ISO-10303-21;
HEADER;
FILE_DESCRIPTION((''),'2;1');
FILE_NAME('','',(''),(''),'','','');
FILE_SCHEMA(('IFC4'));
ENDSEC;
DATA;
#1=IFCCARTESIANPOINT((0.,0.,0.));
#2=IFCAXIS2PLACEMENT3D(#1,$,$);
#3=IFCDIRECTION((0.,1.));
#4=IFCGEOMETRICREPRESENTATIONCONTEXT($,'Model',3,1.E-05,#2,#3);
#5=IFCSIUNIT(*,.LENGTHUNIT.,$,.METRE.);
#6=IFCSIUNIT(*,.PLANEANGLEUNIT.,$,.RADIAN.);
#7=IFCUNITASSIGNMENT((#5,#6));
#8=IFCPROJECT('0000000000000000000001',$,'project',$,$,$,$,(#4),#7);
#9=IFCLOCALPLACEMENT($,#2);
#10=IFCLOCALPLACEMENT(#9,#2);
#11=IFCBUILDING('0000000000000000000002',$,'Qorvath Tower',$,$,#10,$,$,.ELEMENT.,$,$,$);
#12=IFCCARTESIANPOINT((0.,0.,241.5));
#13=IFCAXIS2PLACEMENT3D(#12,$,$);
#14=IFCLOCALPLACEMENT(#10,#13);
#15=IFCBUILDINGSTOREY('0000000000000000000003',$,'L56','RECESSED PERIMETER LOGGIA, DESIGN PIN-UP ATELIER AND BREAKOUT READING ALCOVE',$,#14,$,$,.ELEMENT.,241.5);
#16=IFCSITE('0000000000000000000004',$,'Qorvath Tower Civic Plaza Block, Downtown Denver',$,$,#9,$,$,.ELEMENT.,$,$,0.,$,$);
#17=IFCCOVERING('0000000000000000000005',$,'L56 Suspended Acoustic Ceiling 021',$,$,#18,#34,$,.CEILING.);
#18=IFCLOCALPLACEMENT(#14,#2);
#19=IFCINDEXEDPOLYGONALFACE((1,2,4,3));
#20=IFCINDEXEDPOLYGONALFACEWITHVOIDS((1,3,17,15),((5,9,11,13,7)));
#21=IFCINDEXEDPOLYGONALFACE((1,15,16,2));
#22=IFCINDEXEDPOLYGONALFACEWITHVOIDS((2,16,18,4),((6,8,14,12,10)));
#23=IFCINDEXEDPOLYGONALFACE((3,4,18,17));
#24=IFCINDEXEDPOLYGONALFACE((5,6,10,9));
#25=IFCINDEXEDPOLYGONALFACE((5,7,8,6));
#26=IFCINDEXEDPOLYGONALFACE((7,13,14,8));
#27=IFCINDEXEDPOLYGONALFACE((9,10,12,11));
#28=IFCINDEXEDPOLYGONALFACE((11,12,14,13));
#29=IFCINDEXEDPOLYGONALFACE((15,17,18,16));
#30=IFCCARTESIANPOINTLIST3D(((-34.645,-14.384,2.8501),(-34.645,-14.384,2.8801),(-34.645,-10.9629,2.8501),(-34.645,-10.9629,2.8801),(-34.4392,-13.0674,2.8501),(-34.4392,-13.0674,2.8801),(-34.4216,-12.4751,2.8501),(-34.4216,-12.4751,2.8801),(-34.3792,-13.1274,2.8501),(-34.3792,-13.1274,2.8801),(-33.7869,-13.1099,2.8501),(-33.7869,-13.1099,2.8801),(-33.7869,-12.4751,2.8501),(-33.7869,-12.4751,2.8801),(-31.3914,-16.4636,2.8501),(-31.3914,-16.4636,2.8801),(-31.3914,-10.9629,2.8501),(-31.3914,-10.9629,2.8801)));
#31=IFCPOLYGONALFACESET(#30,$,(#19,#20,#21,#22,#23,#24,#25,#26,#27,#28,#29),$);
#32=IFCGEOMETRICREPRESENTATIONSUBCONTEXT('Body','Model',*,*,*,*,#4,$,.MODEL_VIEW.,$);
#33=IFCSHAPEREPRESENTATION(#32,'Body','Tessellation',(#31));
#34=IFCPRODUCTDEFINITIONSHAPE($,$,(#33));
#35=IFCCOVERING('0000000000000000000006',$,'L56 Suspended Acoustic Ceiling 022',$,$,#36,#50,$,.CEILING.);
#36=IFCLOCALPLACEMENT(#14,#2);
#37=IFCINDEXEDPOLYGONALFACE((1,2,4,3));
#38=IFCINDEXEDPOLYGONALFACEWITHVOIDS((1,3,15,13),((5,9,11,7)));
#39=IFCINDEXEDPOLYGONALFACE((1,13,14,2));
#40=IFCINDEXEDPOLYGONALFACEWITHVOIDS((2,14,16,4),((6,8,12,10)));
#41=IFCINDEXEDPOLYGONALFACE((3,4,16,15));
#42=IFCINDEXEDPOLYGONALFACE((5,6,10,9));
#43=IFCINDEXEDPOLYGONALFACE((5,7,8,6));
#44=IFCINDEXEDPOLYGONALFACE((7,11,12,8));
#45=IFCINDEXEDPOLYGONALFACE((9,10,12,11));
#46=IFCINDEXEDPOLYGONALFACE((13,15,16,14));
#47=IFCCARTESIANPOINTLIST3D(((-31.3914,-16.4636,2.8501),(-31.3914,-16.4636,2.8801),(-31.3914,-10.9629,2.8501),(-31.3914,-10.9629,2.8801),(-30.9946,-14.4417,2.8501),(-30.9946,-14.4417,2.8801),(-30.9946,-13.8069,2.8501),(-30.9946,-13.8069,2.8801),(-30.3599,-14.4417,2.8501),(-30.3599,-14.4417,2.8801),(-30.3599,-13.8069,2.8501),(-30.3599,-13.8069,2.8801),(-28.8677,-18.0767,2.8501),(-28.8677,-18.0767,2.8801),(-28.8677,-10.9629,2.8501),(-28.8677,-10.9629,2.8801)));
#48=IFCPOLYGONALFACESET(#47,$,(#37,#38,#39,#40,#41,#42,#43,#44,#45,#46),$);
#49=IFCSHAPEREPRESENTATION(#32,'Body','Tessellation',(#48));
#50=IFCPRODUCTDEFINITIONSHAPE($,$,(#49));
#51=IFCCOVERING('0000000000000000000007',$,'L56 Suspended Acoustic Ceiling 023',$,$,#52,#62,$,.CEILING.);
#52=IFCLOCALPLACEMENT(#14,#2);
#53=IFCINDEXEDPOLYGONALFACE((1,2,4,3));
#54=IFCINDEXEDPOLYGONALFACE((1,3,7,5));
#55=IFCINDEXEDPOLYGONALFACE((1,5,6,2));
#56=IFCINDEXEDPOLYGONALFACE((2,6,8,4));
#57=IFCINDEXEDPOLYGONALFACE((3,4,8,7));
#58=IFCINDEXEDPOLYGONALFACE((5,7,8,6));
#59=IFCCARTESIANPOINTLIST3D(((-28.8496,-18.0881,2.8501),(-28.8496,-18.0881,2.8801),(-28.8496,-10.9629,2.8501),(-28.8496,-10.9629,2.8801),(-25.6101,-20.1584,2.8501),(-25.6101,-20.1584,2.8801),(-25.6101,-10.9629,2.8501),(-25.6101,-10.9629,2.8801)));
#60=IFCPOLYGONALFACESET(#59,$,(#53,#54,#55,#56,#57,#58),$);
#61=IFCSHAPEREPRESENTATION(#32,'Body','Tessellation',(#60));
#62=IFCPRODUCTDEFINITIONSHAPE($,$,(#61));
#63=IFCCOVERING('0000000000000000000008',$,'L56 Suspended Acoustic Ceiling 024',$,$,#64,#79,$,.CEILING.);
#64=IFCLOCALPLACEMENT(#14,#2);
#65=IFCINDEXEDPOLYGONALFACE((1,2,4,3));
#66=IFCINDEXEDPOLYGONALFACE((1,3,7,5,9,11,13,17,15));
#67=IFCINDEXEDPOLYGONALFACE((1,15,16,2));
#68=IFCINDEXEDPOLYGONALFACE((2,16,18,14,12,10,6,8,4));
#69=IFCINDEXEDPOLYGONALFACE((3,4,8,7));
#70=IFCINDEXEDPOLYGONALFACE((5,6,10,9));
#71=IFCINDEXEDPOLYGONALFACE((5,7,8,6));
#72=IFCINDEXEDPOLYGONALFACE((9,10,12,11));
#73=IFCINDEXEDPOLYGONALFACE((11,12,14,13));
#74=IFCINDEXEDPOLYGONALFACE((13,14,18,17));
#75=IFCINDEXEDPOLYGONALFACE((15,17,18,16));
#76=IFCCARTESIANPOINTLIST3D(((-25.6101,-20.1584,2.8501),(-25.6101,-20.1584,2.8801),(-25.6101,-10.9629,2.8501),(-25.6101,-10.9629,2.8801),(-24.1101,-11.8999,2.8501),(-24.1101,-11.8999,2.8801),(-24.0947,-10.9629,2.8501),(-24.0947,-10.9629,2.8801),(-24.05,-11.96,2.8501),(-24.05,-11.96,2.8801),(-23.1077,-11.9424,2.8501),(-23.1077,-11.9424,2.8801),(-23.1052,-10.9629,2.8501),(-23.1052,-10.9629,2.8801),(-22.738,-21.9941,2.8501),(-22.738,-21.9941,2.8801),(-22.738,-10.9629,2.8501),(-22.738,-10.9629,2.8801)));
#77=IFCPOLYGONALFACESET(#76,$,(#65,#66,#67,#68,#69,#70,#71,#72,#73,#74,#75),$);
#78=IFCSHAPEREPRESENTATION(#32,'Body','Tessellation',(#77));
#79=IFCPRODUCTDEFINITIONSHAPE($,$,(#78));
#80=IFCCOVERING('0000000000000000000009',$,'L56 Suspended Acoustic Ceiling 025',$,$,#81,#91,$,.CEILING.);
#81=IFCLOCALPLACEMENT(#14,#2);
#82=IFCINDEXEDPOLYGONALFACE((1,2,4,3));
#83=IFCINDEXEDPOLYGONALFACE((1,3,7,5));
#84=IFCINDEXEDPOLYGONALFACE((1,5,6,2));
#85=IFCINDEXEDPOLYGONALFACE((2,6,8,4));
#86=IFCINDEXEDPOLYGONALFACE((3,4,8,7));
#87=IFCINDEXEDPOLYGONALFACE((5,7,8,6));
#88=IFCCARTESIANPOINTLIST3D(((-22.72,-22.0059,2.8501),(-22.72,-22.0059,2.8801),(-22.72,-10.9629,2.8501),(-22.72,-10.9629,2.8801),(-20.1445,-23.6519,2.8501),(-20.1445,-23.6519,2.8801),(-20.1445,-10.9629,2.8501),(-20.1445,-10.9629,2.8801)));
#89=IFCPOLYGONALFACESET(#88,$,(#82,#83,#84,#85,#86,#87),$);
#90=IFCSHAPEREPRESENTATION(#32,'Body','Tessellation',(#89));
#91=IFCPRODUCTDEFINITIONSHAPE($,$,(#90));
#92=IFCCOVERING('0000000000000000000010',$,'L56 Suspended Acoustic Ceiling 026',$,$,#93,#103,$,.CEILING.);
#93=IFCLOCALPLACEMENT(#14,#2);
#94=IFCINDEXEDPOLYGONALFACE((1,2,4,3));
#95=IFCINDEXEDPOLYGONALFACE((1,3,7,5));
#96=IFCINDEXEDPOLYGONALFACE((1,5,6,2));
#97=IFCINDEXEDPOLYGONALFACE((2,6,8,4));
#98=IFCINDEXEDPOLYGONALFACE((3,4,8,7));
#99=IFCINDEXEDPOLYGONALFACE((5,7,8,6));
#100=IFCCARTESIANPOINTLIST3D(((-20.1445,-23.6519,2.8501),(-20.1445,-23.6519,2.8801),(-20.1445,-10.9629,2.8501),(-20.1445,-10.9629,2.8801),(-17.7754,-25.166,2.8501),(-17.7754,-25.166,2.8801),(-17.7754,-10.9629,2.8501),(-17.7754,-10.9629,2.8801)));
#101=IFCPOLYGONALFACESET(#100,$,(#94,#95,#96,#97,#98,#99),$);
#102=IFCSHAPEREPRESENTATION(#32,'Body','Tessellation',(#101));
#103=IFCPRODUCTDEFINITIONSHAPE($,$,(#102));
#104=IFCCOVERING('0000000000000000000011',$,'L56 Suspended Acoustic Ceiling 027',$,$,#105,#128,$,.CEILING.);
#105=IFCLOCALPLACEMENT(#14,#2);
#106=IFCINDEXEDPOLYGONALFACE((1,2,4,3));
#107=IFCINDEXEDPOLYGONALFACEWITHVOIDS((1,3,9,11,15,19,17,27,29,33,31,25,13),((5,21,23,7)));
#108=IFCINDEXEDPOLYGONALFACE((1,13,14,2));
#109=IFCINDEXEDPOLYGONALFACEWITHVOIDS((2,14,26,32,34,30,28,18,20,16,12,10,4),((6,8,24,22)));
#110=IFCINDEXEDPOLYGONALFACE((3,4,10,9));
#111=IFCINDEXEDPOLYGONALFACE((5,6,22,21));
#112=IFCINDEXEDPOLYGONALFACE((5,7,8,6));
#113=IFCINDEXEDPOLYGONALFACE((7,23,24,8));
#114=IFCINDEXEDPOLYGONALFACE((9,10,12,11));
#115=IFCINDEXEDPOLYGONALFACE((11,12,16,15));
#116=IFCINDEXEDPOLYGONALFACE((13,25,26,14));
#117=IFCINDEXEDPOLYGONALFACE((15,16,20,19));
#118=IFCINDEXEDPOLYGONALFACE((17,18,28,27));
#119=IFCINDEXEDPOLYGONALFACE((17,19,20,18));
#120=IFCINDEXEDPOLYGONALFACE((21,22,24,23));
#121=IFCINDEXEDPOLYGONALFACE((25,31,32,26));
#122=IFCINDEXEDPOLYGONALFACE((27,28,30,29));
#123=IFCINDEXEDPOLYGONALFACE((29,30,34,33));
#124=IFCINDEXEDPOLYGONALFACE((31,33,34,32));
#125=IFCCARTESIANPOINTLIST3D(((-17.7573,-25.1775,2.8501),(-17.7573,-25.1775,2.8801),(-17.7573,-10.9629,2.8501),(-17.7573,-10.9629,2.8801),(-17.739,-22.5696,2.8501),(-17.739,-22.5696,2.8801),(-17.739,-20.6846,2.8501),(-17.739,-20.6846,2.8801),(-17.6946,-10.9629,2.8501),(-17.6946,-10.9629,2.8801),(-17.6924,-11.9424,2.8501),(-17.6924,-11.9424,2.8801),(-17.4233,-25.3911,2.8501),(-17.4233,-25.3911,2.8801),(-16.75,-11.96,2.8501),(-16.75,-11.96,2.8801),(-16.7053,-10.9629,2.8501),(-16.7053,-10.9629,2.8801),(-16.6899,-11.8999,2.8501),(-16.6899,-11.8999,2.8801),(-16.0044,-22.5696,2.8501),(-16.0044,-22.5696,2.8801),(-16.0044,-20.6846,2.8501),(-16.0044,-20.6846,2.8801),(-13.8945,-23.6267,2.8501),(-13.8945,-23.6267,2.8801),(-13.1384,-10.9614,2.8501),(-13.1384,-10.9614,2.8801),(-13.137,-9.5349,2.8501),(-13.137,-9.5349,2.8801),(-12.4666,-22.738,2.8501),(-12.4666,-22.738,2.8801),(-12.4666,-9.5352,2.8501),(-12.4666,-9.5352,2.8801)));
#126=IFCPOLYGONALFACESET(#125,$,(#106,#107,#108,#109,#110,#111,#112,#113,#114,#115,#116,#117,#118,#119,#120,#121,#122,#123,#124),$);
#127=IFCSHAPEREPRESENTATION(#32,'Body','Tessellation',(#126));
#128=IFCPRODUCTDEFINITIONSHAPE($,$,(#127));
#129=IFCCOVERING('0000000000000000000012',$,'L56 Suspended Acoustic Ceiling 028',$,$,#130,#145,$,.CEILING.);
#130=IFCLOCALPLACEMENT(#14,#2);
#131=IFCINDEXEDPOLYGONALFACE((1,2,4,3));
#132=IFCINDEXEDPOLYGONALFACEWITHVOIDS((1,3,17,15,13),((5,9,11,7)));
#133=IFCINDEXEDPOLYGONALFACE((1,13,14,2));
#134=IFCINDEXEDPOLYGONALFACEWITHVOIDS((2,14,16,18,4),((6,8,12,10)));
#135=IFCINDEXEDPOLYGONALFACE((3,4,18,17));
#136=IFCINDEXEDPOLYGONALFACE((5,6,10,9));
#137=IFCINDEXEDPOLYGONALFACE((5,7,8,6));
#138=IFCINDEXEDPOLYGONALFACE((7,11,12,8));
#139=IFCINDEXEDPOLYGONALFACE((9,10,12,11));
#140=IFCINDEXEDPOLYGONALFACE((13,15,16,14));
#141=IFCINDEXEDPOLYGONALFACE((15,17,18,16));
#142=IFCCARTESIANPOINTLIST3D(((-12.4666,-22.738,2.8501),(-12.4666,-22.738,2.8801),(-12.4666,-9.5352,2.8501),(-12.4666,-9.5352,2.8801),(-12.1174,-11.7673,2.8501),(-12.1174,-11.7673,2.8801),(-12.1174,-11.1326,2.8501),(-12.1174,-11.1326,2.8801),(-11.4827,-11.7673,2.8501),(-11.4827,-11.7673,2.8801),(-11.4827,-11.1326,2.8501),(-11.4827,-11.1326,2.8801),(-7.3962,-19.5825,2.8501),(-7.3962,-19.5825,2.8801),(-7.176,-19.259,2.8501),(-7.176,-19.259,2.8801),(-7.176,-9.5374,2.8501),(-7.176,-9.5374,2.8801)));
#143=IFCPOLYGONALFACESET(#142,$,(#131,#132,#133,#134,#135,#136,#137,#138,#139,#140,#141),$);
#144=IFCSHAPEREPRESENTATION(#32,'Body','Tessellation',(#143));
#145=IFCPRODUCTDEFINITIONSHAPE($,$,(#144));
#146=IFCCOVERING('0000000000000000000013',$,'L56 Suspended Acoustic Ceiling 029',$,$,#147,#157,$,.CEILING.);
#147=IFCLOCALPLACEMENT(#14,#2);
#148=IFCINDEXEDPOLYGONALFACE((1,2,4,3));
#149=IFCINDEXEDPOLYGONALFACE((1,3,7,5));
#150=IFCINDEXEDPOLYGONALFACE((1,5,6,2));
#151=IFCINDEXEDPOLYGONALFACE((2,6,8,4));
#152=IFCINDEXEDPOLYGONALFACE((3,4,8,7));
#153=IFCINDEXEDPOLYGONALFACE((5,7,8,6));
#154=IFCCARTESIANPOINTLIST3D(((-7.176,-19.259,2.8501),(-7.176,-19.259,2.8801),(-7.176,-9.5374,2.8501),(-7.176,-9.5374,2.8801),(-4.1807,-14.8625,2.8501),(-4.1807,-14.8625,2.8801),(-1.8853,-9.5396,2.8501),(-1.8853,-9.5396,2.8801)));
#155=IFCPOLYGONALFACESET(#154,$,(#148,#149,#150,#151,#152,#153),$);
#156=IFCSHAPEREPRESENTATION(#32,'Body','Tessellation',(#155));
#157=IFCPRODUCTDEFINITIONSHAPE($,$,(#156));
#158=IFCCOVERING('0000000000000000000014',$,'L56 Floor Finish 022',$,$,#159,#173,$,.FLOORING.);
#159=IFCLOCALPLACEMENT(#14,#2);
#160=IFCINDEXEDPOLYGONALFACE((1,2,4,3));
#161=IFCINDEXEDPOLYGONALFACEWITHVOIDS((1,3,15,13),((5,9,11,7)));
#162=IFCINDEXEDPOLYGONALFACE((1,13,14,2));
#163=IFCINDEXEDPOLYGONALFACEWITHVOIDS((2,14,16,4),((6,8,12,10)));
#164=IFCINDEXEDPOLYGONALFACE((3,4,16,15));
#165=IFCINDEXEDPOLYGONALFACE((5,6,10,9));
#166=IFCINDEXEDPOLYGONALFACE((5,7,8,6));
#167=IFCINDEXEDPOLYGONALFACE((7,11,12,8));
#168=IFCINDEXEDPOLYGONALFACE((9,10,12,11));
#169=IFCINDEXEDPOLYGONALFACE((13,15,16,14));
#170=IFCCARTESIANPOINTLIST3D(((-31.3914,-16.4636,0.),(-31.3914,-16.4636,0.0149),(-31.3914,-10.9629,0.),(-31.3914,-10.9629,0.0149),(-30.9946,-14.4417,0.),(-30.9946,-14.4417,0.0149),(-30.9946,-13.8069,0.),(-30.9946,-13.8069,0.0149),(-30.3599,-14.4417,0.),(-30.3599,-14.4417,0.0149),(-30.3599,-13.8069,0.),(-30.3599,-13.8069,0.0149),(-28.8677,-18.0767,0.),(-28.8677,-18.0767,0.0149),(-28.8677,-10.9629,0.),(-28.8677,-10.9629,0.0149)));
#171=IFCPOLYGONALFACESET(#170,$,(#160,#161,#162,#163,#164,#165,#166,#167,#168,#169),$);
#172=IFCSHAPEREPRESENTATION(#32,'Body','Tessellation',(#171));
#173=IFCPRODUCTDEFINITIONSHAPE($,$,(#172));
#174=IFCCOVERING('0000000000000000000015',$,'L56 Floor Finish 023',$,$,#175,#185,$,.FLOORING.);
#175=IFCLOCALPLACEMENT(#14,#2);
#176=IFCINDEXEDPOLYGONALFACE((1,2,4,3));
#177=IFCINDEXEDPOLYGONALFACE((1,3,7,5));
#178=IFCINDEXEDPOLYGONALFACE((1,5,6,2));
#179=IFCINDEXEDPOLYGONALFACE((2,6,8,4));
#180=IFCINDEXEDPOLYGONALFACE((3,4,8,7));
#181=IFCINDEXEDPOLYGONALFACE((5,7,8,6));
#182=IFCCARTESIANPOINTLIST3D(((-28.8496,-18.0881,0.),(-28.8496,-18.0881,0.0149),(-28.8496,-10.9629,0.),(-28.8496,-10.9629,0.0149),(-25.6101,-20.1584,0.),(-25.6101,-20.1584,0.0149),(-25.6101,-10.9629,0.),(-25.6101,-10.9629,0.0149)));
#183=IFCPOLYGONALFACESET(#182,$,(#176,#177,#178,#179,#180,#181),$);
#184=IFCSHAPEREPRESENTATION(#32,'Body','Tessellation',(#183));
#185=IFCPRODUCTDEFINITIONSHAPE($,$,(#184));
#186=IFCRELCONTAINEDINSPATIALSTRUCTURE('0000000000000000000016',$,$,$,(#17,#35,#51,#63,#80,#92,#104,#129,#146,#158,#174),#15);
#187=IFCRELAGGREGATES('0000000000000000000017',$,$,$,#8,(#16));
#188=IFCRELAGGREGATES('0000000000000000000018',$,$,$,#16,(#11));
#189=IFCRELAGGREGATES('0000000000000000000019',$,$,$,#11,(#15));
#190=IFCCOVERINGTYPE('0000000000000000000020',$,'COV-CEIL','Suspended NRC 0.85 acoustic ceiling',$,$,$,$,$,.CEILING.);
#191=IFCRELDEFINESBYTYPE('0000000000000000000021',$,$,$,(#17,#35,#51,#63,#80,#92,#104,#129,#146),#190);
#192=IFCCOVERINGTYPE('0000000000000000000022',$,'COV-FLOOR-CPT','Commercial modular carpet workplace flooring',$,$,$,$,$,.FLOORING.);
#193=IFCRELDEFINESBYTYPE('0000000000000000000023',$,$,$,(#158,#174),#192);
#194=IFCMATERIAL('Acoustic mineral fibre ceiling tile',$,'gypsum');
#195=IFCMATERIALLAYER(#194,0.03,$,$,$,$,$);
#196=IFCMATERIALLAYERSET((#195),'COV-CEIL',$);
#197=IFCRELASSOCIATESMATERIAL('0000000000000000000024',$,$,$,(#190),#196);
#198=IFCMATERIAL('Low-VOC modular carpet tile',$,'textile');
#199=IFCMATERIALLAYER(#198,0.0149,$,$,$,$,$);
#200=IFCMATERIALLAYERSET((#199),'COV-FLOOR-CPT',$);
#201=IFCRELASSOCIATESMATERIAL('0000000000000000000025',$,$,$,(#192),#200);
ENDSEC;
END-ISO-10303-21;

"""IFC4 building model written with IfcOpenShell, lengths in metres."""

from ifc_helpers import new_model, si_unit, direction, frame, origin, place, context, subcontext, project, spatial, polyline, outline, extrude, material, layer, layer_set, type_object, element, save


model = new_model("IFC4")

# Units and contexts
model_context = context("Model", 3, precision=1e-05, world=origin(), true_north=direction((0.0, 1.0)))
body_context = subcontext(model_context, "Body", "Model", "MODEL_VIEW")
ifc_project = project(units=[si_unit("LENGTHUNIT", "METRE"), si_unit("PLANEANGLEUNIT", "RADIAN")], contexts=[model_context])

# Site, building, storey
site_placement = place(None, origin())
site = spatial("IfcSite", under=ifc_project, at=site_placement, Name="Qorvath Tower Civic Plaza Block, Downtown Denver", CompositionType="ELEMENT", RefElevation=0.0)
building_placement = place(site_placement, origin())
building = spatial("IfcBuilding", under=site, at=building_placement, Name="Qorvath Tower", CompositionType="ELEMENT")
storey_placement = place(building_placement, frame((0.0, 0.0, 241.5)))
storey = spatial("IfcBuildingStorey", under=building, at=storey_placement, Name="L56", Description="RECESSED PERIMETER LOGGIA, DESIGN PIN-UP ATELIER AND BREAKOUT READING ALCOVE", CompositionType="ELEMENT", Elevation=241.5)

# Coverings
ifc_material_1 = material(Name="Acoustic mineral fibre ceiling tile", Category="gypsum")
ifc_layer_1 = layer(ifc_material_1, 0.03)
ifc_layer_set_1 = layer_set([ifc_layer_1], Name="COV-CEIL")
covering_type_1 = type_object("IfcCoveringType", Name="COV-CEIL", Description="Suspended NRC 0.85 acoustic ceiling", PredefinedType="CEILING", material=ifc_layer_set_1)
covering_1_placement = place(storey_placement, frame((0.0, 0.0, 2.8501)))
element("IfcCovering", 1, at=covering_1_placement, inside=storey, type_object=covering_type_1, Name="L56 Suspended Acoustic Ceiling 021", PredefinedType="CEILING", context=body_context, shape_type="SweptSolid", body=[
    extrude(outline(polyline([(-34.645, -10.9629), (-34.645, -14.384), (-31.3914, -16.4636), (-31.3914, -10.9629), (-34.645, -10.9629)]), holes=[polyline([(-34.4392, -13.0674), (-34.4216, -12.4751), (-33.7869, -12.4751), (-33.7869, -13.1099), (-34.3792, -13.1274), (-34.4392, -13.0674)])]), origin(), (0.0, 0.0, 1.0), 0.03),
])
covering_2_placement = place(storey_placement, frame((0.0, 0.0, 2.8501)))
element("IfcCovering", 2, at=covering_2_placement, inside=storey, type_object=covering_type_1, Name="L56 Suspended Acoustic Ceiling 022", PredefinedType="CEILING", context=body_context, shape_type="SweptSolid", body=[
    extrude(outline(polyline([(-31.3914, -10.9629), (-31.3914, -16.4636), (-28.8677, -18.0767), (-28.8677, -10.9629), (-31.3914, -10.9629)]), holes=[polyline([(-30.9946, -14.4417), (-30.9946, -13.8069), (-30.3599, -13.8069), (-30.3599, -14.4417), (-30.9946, -14.4417)])]), origin(), (0.0, 0.0, 1.0), 0.03),
])
covering_3_placement = place(storey_placement, frame((0.0, 0.0, 2.8501)))
element("IfcCovering", 3, at=covering_3_placement, inside=storey, type_object=covering_type_1, Name="L56 Suspended Acoustic Ceiling 023", PredefinedType="CEILING", context=body_context, shape_type="SweptSolid", body=[
    extrude(outline(polyline([(-28.8496, -10.9629), (-28.8496, -18.0881), (-25.6101, -20.1584), (-25.6101, -10.9629), (-28.8496, -10.9629)])), origin(), (0.0, 0.0, 1.0), 0.03),
])
covering_4_placement = place(storey_placement, frame((0.0, 0.0, 2.8501)))
element("IfcCovering", 4, at=covering_4_placement, inside=storey, type_object=covering_type_1, Name="L56 Suspended Acoustic Ceiling 024", PredefinedType="CEILING", context=body_context, shape_type="SweptSolid", body=[
    extrude(outline(polyline([(-25.6101, -10.9629), (-25.6101, -20.1584), (-22.738, -21.9941), (-22.738, -10.9629), (-23.1052, -10.9629), (-23.1077, -11.9424), (-24.05, -11.96), (-24.1101, -11.8999), (-24.0947, -10.9629), (-25.6101, -10.9629)])), origin(), (0.0, 0.0, 1.0), 0.03),
])
covering_5_placement = place(storey_placement, frame((0.0, 0.0, 2.8501)))
element("IfcCovering", 5, at=covering_5_placement, inside=storey, type_object=covering_type_1, Name="L56 Suspended Acoustic Ceiling 025", PredefinedType="CEILING", context=body_context, shape_type="SweptSolid", body=[
    extrude(outline(polyline([(-22.72, -10.9629), (-22.72, -22.0059), (-20.1445, -23.6519), (-20.1445, -10.9629), (-22.72, -10.9629)])), origin(), (0.0, 0.0, 1.0), 0.03),
])
covering_6_placement = place(storey_placement, frame((0.0, 0.0, 2.8501)))
element("IfcCovering", 6, at=covering_6_placement, inside=storey, type_object=covering_type_1, Name="L56 Suspended Acoustic Ceiling 026", PredefinedType="CEILING", context=body_context, shape_type="SweptSolid", body=[
    extrude(outline(polyline([(-20.1445, -10.9629), (-20.1445, -23.6519), (-17.7754, -25.166), (-17.7754, -10.9629), (-20.1445, -10.9629)])), origin(), (0.0, 0.0, 1.0), 0.03),
])
covering_7_placement = place(storey_placement, frame((0.0, 0.0, 2.8501)))
element("IfcCovering", 7, at=covering_7_placement, inside=storey, type_object=covering_type_1, Name="L56 Suspended Acoustic Ceiling 027", PredefinedType="CEILING", context=body_context, shape_type="SweptSolid", body=[
    extrude(outline(polyline([(-17.4233, -25.3911), (-13.8945, -23.6267), (-12.4666, -22.738), (-12.4666, -9.5352), (-13.137, -9.5349), (-13.1384, -10.9614), (-16.7053, -10.9629), (-16.6899, -11.8999), (-16.75, -11.96), (-17.6924, -11.9424), (-17.6946, -10.9629), (-17.7573, -10.9629), (-17.7573, -25.1775), (-17.4233, -25.3911)]), holes=[polyline([(-17.739, -22.5696), (-17.739, -20.6846), (-16.0044, -20.6846), (-16.0044, -22.5696), (-17.739, -22.5696)])]), origin(), (0.0, 0.0, 1.0), 0.03),
])
covering_8_placement = place(storey_placement, frame((0.0, 0.0, 2.8501)))
element("IfcCovering", 8, at=covering_8_placement, inside=storey, type_object=covering_type_1, Name="L56 Suspended Acoustic Ceiling 028", PredefinedType="CEILING", context=body_context, shape_type="SweptSolid", body=[
    extrude(outline(polyline([(-12.4666, -9.5352), (-12.4666, -22.738), (-7.3962, -19.5825), (-7.176, -19.259), (-7.176, -9.5374), (-12.4666, -9.5352)]), holes=[polyline([(-12.1174, -11.7673), (-12.1174, -11.1326), (-11.4827, -11.1326), (-11.4827, -11.7673), (-12.1174, -11.7673)])]), origin(), (0.0, 0.0, 1.0), 0.03),
])
covering_9_placement = place(storey_placement, frame((0.0, 0.0, 2.8501)))
element("IfcCovering", 9, at=covering_9_placement, inside=storey, type_object=covering_type_1, Name="L56 Suspended Acoustic Ceiling 029", PredefinedType="CEILING", context=body_context, shape_type="SweptSolid", body=[
    extrude(outline(polyline([(-7.176, -9.5374), (-7.176, -19.259), (-4.1807, -14.8625), (-1.8853, -9.5396), (-7.176, -9.5374)])), origin(), (0.0, 0.0, 1.0), 0.03),
])
ifc_material_2 = material(Name="Low-VOC modular carpet tile", Category="textile")
ifc_layer_2 = layer(ifc_material_2, 0.0149)
ifc_layer_set_2 = layer_set([ifc_layer_2], Name="COV-FLOOR-CPT")
covering_type_2 = type_object("IfcCoveringType", Name="COV-FLOOR-CPT", Description="Commercial modular carpet workplace flooring", PredefinedType="FLOORING", material=ifc_layer_set_2)
covering_10_placement = place(storey_placement, origin())
element("IfcCovering", 10, at=covering_10_placement, inside=storey, type_object=covering_type_2, Name="L56 Floor Finish 022", PredefinedType="FLOORING", context=body_context, shape_type="SweptSolid", body=[
    extrude(outline(polyline([(-31.3914, -10.9629), (-31.3914, -16.4636), (-28.8677, -18.0767), (-28.8677, -10.9629), (-31.3914, -10.9629)]), holes=[polyline([(-30.9946, -14.4417), (-30.9946, -13.8069), (-30.3599, -13.8069), (-30.3599, -14.4417), (-30.9946, -14.4417)])]), origin(), (0.0, 0.0, 1.0), 0.0149),
])
covering_11_placement = place(storey_placement, origin())
element("IfcCovering", 11, at=covering_11_placement, inside=storey, type_object=covering_type_2, Name="L56 Floor Finish 023", PredefinedType="FLOORING", context=body_context, shape_type="SweptSolid", body=[
    extrude(outline(polyline([(-28.8496, -10.9629), (-28.8496, -18.0881), (-25.6101, -20.1584), (-25.6101, -10.9629), (-28.8496, -10.9629)])), origin(), (0.0, 0.0, 1.0), 0.0149),
])

save(model, "model.ifc")
